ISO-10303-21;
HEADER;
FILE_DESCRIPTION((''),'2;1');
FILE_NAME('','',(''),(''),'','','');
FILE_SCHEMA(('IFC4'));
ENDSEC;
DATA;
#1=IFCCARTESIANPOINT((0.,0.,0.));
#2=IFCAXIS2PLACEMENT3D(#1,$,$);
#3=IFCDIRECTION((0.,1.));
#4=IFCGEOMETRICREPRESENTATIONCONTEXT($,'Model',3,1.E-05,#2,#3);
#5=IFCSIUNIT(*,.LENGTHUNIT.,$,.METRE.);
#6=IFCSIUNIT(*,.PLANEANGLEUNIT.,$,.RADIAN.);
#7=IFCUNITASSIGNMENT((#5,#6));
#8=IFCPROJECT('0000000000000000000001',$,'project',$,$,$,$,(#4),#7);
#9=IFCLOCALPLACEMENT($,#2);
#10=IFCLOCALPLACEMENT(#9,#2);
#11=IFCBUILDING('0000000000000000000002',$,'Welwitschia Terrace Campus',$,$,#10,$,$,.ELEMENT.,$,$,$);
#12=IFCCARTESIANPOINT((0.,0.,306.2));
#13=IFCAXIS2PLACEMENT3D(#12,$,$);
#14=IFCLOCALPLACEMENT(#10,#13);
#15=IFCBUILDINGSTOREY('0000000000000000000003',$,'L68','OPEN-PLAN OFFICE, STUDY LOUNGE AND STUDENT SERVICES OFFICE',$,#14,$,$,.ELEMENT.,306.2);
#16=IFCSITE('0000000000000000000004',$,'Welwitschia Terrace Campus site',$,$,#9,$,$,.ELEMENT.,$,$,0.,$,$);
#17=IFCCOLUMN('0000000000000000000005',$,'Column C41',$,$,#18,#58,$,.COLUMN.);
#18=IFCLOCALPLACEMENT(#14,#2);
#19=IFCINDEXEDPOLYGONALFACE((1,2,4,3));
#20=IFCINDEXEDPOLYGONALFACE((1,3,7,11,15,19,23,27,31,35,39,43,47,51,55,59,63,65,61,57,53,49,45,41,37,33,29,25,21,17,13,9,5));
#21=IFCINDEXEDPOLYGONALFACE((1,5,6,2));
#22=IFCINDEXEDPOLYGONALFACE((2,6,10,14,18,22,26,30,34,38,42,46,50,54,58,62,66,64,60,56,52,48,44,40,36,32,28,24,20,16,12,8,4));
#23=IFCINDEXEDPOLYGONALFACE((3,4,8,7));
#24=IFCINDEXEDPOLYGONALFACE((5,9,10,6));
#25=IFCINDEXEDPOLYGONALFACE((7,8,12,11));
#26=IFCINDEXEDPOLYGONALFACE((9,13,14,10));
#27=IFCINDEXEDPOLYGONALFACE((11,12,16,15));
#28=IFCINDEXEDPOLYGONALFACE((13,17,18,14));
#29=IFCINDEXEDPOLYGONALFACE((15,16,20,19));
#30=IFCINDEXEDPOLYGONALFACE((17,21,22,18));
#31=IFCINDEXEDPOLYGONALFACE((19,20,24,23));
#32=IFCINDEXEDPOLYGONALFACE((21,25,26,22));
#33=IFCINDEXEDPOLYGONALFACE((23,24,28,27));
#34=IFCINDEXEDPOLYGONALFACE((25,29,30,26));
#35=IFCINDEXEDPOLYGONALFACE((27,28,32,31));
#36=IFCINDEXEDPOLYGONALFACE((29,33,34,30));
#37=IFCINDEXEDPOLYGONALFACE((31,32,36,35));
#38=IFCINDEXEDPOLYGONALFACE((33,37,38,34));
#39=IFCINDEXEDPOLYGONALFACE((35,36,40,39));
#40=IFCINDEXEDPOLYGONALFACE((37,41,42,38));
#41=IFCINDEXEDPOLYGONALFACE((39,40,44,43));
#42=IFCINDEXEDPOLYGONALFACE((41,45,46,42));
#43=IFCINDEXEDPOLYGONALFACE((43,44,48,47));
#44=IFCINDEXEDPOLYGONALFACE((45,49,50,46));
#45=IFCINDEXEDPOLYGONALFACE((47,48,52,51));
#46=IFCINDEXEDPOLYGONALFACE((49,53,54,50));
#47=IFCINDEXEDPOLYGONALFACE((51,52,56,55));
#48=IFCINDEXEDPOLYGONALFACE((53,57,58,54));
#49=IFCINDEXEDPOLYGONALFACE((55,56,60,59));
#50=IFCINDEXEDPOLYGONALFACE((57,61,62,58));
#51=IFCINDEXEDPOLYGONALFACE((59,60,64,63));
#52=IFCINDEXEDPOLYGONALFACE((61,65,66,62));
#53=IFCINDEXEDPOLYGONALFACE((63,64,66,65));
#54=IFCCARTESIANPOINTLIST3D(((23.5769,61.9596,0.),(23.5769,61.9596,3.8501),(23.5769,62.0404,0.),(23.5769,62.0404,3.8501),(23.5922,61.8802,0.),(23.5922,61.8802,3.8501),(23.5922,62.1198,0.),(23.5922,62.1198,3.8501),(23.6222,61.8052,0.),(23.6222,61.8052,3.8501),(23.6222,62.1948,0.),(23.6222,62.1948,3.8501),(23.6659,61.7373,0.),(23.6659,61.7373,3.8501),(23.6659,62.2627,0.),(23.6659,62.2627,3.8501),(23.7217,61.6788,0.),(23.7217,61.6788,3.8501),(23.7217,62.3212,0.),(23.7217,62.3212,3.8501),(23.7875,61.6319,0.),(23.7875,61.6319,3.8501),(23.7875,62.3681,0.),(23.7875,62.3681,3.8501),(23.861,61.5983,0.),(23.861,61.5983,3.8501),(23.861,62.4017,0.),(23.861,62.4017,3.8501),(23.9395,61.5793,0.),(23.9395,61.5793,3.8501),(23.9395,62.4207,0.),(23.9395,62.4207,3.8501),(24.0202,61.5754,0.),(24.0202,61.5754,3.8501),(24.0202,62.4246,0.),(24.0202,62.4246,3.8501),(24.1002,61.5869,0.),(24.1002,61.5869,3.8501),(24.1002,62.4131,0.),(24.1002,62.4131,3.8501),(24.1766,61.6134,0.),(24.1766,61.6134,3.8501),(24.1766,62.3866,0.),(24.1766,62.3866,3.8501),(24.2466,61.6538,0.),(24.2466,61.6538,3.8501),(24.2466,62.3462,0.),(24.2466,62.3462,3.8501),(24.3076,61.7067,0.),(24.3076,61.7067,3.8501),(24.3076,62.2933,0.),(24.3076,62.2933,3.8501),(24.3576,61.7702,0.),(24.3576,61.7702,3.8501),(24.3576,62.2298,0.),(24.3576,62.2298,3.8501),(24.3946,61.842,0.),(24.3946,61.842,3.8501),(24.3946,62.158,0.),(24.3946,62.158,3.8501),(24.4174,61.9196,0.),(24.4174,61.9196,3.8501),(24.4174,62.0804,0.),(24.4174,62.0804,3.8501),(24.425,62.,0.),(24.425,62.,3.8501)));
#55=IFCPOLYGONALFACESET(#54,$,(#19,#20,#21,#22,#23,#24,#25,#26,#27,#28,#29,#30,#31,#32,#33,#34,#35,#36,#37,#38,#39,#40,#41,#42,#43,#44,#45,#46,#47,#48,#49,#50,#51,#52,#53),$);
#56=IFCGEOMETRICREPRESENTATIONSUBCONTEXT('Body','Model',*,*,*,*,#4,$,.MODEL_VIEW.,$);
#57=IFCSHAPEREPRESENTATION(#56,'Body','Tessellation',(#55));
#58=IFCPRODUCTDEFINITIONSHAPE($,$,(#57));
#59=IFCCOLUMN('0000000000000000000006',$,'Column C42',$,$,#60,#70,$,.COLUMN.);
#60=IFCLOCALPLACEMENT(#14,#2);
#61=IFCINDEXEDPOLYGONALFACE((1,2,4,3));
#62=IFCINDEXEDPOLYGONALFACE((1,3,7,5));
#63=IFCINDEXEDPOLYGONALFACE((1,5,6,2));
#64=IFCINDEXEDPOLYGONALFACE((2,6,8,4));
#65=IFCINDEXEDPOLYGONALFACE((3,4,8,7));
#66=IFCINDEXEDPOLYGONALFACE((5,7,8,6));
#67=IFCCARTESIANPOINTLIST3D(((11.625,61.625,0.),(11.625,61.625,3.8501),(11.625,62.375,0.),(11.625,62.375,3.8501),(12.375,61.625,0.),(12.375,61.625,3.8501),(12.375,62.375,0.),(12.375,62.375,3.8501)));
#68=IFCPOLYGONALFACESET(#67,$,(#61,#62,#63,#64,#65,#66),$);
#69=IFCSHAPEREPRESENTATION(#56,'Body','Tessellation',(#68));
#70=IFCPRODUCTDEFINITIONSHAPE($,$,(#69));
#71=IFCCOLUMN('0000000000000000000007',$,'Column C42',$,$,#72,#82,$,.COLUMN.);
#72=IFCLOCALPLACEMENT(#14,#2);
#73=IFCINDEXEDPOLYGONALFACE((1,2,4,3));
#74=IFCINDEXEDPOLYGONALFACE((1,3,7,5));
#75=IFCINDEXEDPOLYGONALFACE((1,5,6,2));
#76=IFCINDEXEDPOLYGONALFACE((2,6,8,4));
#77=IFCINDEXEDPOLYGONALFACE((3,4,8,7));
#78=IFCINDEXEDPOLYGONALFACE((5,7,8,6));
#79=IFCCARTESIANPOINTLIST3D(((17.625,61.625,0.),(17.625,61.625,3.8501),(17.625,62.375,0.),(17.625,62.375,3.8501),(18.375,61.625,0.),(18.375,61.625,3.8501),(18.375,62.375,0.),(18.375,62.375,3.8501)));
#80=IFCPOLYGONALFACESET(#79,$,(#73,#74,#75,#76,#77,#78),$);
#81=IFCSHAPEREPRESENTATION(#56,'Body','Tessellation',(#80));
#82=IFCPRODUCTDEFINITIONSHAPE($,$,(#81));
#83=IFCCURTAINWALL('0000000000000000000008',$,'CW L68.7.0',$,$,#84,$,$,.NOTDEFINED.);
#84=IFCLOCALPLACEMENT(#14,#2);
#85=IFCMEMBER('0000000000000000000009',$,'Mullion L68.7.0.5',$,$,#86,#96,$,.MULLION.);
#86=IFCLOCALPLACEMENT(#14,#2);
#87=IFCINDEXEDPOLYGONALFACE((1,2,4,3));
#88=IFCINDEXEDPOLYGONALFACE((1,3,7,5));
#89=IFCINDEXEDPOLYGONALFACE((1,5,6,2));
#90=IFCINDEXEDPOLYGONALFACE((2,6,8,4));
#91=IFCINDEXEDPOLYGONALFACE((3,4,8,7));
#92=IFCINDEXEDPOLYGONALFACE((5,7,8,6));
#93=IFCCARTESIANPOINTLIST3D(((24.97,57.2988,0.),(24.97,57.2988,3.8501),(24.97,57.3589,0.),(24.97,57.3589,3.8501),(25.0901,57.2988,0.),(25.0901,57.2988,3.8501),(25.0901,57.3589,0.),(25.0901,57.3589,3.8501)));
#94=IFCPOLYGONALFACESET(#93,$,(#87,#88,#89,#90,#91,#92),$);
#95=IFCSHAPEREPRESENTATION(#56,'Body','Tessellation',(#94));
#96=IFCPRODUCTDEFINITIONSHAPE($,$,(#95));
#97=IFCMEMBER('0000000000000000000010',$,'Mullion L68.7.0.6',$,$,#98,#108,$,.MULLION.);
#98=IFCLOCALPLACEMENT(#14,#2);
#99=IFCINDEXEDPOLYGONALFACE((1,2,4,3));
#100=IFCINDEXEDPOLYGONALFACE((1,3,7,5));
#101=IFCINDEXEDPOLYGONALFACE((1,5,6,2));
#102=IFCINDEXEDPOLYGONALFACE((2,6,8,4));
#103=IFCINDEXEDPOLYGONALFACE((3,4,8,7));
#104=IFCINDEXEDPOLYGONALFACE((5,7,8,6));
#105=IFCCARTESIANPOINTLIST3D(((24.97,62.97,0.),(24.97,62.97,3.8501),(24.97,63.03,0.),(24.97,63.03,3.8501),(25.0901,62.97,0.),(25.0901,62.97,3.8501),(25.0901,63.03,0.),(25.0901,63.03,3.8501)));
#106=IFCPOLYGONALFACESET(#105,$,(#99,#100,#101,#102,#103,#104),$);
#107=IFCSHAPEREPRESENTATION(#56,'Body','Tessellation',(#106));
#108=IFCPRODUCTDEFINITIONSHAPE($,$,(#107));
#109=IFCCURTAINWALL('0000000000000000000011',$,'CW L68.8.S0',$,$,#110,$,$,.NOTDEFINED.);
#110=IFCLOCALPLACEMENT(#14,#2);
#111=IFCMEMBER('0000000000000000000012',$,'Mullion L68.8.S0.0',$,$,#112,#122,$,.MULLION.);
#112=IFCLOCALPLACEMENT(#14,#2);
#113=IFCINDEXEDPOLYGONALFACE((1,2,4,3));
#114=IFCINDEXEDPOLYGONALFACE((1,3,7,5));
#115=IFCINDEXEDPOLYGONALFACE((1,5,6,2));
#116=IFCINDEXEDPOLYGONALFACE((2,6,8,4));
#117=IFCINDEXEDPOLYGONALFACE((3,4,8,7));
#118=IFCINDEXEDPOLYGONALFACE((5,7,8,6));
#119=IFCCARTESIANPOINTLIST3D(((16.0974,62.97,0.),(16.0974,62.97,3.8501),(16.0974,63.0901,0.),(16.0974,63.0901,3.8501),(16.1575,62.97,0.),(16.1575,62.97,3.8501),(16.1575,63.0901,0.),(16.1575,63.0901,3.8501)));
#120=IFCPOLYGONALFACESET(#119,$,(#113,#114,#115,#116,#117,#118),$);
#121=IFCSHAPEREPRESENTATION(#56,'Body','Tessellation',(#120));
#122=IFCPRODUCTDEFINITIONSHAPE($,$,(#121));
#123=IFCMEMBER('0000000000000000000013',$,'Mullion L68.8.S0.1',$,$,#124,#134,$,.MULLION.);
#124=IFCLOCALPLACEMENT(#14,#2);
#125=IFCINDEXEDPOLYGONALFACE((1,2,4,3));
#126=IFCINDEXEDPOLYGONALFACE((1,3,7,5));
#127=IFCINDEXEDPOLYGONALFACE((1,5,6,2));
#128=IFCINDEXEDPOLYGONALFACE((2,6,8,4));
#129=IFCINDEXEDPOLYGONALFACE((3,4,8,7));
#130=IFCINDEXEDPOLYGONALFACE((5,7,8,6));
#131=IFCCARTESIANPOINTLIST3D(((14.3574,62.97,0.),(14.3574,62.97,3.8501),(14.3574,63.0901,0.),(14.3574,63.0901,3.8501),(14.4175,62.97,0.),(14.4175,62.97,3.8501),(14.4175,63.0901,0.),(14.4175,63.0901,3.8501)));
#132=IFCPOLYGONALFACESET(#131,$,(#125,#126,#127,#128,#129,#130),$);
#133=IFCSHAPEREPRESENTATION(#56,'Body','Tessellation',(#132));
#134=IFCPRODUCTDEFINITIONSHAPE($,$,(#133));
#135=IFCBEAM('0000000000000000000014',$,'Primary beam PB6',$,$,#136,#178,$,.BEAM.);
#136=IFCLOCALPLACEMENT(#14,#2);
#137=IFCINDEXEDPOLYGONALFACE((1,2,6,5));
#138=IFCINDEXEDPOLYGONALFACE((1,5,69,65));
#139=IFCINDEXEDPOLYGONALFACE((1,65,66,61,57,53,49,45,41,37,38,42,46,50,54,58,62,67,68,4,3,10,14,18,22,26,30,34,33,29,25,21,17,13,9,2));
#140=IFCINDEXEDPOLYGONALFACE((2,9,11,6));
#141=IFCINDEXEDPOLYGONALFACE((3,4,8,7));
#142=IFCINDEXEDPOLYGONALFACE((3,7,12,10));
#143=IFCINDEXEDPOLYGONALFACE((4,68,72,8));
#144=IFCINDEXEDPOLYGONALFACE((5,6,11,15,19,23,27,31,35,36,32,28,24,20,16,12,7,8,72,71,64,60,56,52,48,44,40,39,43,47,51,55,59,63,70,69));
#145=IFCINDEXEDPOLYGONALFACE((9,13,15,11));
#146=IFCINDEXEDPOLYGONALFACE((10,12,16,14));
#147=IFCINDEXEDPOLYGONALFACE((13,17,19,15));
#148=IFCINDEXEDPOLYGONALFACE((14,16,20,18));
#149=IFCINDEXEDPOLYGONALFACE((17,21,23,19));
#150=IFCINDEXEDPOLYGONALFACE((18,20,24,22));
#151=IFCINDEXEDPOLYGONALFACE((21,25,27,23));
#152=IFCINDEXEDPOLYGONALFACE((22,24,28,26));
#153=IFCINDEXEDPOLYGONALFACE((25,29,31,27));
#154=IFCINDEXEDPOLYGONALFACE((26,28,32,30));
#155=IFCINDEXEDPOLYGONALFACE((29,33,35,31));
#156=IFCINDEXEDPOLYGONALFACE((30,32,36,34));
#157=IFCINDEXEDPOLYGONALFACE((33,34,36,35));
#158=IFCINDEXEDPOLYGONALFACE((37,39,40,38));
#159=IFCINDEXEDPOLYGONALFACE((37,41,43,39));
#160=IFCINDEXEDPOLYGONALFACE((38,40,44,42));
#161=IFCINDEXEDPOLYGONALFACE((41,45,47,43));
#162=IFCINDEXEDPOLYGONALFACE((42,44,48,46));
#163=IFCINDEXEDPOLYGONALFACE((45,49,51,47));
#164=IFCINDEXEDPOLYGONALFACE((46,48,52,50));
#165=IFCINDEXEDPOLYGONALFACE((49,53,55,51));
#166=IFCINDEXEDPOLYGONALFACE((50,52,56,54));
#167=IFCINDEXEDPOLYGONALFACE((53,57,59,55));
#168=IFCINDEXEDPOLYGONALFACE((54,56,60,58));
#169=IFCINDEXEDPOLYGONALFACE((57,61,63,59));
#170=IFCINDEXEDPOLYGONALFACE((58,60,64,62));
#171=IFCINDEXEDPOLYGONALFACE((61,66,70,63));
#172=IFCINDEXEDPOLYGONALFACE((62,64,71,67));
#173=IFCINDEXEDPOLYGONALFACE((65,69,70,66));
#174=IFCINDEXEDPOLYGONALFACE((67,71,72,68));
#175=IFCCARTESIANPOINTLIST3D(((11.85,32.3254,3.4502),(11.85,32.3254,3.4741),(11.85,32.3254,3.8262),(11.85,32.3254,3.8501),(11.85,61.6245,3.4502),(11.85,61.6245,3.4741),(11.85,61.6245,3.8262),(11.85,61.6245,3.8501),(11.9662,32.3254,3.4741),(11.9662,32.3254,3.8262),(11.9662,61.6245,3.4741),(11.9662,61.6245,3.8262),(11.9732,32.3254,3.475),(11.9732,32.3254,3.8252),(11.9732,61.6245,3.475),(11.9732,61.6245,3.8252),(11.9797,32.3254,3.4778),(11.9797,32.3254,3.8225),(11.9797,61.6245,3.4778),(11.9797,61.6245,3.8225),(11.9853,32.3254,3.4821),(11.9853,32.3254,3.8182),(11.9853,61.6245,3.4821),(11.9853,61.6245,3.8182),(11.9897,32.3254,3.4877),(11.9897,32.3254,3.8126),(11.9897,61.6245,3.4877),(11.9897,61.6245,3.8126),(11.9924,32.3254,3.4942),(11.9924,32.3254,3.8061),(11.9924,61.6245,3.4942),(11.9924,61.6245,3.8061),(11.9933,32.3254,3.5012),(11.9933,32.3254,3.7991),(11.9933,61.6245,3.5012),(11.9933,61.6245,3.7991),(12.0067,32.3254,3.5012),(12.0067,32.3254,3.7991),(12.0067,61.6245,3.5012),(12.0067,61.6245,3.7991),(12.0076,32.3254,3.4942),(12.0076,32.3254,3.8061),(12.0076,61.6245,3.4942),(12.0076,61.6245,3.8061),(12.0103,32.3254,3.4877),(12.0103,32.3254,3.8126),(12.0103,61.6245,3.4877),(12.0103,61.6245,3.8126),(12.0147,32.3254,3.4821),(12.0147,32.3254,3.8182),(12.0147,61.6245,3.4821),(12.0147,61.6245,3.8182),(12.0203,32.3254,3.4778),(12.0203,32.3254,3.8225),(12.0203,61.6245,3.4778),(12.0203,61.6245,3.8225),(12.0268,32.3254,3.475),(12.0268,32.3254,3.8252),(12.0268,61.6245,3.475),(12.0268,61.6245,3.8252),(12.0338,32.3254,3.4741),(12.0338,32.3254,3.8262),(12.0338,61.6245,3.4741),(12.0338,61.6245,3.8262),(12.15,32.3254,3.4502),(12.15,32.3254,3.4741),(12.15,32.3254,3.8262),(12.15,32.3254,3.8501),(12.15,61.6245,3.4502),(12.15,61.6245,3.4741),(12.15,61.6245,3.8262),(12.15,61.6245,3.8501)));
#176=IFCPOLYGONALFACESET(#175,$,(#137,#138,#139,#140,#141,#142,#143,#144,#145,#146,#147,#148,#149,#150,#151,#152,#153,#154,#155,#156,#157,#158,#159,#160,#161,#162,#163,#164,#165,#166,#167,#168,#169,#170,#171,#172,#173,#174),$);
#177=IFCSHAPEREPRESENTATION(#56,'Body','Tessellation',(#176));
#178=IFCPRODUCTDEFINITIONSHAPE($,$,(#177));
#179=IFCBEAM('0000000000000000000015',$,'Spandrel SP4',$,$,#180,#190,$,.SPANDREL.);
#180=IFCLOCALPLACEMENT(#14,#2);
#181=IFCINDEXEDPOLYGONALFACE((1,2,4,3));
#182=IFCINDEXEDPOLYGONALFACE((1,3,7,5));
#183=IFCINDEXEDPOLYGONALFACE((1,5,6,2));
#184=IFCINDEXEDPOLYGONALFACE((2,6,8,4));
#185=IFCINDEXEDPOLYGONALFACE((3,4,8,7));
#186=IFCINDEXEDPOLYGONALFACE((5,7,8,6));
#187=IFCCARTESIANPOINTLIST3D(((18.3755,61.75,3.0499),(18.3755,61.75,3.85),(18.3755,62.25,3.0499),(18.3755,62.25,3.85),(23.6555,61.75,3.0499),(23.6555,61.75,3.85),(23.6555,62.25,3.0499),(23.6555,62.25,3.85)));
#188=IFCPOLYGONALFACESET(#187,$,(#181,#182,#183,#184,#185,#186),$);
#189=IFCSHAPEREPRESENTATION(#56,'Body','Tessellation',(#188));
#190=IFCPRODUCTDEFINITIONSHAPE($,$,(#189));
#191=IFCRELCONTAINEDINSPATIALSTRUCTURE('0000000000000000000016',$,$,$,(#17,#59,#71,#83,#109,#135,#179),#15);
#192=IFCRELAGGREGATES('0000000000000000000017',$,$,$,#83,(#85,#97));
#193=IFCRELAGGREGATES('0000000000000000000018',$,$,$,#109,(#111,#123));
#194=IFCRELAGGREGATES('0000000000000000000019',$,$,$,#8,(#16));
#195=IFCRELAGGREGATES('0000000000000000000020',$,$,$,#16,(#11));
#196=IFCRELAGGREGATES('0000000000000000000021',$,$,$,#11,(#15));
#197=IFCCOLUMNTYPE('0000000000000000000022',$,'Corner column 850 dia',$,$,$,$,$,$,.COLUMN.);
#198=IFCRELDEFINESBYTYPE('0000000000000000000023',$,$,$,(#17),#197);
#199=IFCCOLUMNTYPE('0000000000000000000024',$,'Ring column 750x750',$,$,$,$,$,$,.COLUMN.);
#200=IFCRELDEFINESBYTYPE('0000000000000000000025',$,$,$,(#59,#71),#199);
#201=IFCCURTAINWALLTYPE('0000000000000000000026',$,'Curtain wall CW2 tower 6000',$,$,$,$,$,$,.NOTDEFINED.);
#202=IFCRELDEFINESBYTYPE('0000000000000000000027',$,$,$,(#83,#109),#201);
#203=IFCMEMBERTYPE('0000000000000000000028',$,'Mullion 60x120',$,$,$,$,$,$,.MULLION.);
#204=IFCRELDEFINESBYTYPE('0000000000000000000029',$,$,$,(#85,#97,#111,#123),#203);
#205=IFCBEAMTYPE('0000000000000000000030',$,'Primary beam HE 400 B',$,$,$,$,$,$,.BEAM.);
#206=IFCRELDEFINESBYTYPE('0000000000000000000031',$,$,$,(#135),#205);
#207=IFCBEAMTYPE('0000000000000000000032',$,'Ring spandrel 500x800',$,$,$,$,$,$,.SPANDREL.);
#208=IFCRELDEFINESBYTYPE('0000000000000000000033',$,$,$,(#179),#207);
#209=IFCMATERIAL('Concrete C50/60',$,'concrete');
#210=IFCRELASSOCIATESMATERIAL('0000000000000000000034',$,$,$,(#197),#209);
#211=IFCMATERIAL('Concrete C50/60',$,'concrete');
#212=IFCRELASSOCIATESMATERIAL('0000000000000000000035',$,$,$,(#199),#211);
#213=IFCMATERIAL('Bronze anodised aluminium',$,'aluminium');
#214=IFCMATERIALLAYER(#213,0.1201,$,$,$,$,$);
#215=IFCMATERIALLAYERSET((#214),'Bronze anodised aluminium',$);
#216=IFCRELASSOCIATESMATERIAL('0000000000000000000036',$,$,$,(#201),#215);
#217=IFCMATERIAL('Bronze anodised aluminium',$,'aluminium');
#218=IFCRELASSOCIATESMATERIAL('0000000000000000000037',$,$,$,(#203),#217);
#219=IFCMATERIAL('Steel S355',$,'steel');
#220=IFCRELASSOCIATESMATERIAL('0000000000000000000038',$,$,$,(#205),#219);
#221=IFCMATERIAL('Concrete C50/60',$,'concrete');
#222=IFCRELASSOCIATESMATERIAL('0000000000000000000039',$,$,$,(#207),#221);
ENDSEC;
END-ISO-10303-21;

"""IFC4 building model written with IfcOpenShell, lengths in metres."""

from ifc_helpers import new_model, si_unit, direction, frame, origin, origin_2d, place, context, subcontext, project, spatial, rectangle, circle, i_section, extrude, material, layer, layer_set, material_profile, profile_set, type_object, element, aggregate, save


model = new_model("IFC4")

# Units and contexts
model_context = context("Model", 3, precision=1e-05, world=origin(), true_north=direction((0.0, 1.0)))
body_context = subcontext(model_context, "Body", "Model", "MODEL_VIEW")
ifc_project = project(units=[si_unit("LENGTHUNIT", "METRE"), si_unit("PLANEANGLEUNIT", "RADIAN")], contexts=[model_context])

# Site, building, storey
site_placement = place(None, origin())
site = spatial("IfcSite", under=ifc_project, at=site_placement, Name="Welwitschia Terrace Campus site", CompositionType="ELEMENT", RefElevation=0.0)
building_placement = place(site_placement, origin())
building = spatial("IfcBuilding", under=site, at=building_placement, Name="Welwitschia Terrace Campus", CompositionType="ELEMENT")
storey_placement = place(building_placement, frame((0.0, 0.0, 306.2)))
storey = spatial("IfcBuildingStorey", under=building, at=storey_placement, Name="L68", Description="OPEN-PLAN OFFICE, STUDY LOUNGE AND STUDENT SERVICES OFFICE", CompositionType="ELEMENT", Elevation=306.2)

# Columns
ifc_material_1 = material(Name="Concrete C50/60", Category="concrete")
ifc_material_profile_1 = material_profile(ifc_material_1, circle(Radius=0.425, at=origin_2d()))
ifc_profile_set_1 = profile_set([ifc_material_profile_1], Name="Concrete C50/60")
column_type_1 = type_object("IfcColumnType", Name="Corner column 850 dia", PredefinedType="COLUMN", material=ifc_profile_set_1)
column_placement = place(storey_placement, frame((24.0, 62.0, 0.0), z_axis=(0.0, 0.0, 1.0), x_axis=(1.0, 0.0, 0.0)))
element("IfcColumn", 1, at=column_placement, inside=storey, type_object=column_type_1, Name="Column C41", PredefinedType="COLUMN", context=body_context, shape_type="SweptSolid", body=[
    extrude(circle(Radius=0.425, at=origin_2d()), origin(), (0.0, 0.0, 1.0), 3.8501),
])
ifc_material_2 = material(Name="Concrete C50/60", Category="concrete")
ifc_material_profile_2 = material_profile(ifc_material_2, rectangle(XDim=0.75, YDim=0.75, at=origin_2d()))
ifc_profile_set_2 = profile_set([ifc_material_profile_2], Name="Concrete C50/60")
column_type_2 = type_object("IfcColumnType", Name="Ring column 750x750", PredefinedType="COLUMN", material=ifc_profile_set_2)
for number, where, z_axis, x_axis, name in (
    (2, (12.0, 62.0, 0.0), (0.0, 0.0, 1.0), (1.0, 0.0, 0.0), "Column C42"),
    (3, (18.0, 62.0, 0.0), (0.0, 0.0, 1.0), (1.0, 0.0, 0.0), "Column C42"),
):
    element("IfcColumn", number, at=place(storey_placement, frame(where, z_axis=z_axis, x_axis=x_axis)), inside=storey, type_object=column_type_2, Name=name, PredefinedType="COLUMN", context=body_context, shape_type="SweptSolid", body=[
        extrude(rectangle(XDim=0.75, YDim=0.75, at=origin_2d()), origin(), (0.0, 0.0, 1.0), 3.8501),
    ])

# Curtain walls, members
ifc_material_3 = material(Name="Bronze anodised aluminium", Category="aluminium")
ifc_layer_1 = layer(ifc_material_3, 0.1201)
ifc_layer_set_1 = layer_set([ifc_layer_1], Name="Bronze anodised aluminium")
curtain_wall_type = type_object("IfcCurtainWallType", Name="Curtain wall CW2 tower 6000", PredefinedType="NOTDEFINED", material=ifc_layer_set_1)
curtain_wall_1_placement = place(storey_placement, origin())
curtain_wall_1 = element("IfcCurtainWall", 4, at=curtain_wall_1_placement, inside=storey, type_object=curtain_wall_type, Name="CW L68.7.0", PredefinedType="NOTDEFINED")
ifc_material_4 = material(Name="Bronze anodised aluminium", Category="aluminium")
ifc_material_profile_3 = material_profile(ifc_material_4, rectangle(XDim=0.1201, YDim=0.0601, at=origin_2d()))
ifc_profile_set_3 = profile_set([ifc_material_profile_3], Name="Bronze anodised aluminium")
member_type_1 = type_object("IfcMemberType", Name="Mullion 60x120", PredefinedType="MULLION", material=ifc_profile_set_3)
member_1_placement = place(storey_placement, frame((25.03, 57.3289, 0.0), z_axis=(0.0, 0.0, 1.0), x_axis=(-1.0, 0.0, 0.0)))
member_1 = element("IfcMember", 5, at=member_1_placement, type_object=member_type_1, Name="Mullion L68.7.0.5", PredefinedType="MULLION", context=body_context, shape_type="SweptSolid", body=[
    extrude(rectangle(XDim=0.1201, YDim=0.0601, at=origin_2d()), origin(), (0.0, 0.0, 1.0), 3.8501),
])
member_2_placement = place(storey_placement, frame((25.03, 63.0, 0.0), z_axis=(0.0, 0.0, 1.0), x_axis=(-1.0, 0.0, 0.0)))
member_2 = element("IfcMember", 6, at=member_2_placement, type_object=member_type_1, Name="Mullion L68.7.0.6", PredefinedType="MULLION", context=body_context, shape_type="SweptSolid", body=[
    extrude(rectangle(XDim=0.1201, YDim=0.0601, at=origin_2d()), origin(), (0.0, 0.0, 1.0), 3.8501),
])
curtain_wall_2_placement = place(storey_placement, origin())
curtain_wall_2 = element("IfcCurtainWall", 7, at=curtain_wall_2_placement, inside=storey, type_object=curtain_wall_type, Name="CW L68.8.S0", PredefinedType="NOTDEFINED")
member_3_placement = place(storey_placement, frame((16.1274, 63.03, 0.0), z_axis=(0.0, 0.0, 1.0), x_axis=(0.0, -1.0, 0.0)))
member_3 = element("IfcMember", 8, at=member_3_placement, type_object=member_type_1, Name="Mullion L68.8.S0.0", PredefinedType="MULLION", context=body_context, shape_type="SweptSolid", body=[
    extrude(rectangle(XDim=0.1201, YDim=0.0601, at=origin_2d()), origin(), (0.0, 0.0, 1.0), 3.8501),
])
member_4_placement = place(storey_placement, frame((14.3875, 63.03, 0.0), z_axis=(0.0, 0.0, 1.0), x_axis=(0.0, -1.0, 0.0)))
member_4 = element("IfcMember", 9, at=member_4_placement, type_object=member_type_1, Name="Mullion L68.8.S0.1", PredefinedType="MULLION", context=body_context, shape_type="SweptSolid", body=[
    extrude(rectangle(XDim=0.1201, YDim=0.0601, at=origin_2d()), origin(), (0.0, 0.0, 1.0), 3.8501),
])

# Beams
ifc_material_5 = material(Name="Steel S355", Category="steel")
ifc_material_profile_4 = material_profile(ifc_material_5, i_section(OverallWidth=0.3, OverallDepth=0.3999, WebThickness=0.0134, FlangeThickness=0.0239, FilletRadius=0.0271, at=origin_2d()))
ifc_profile_set_4 = profile_set([ifc_material_profile_4], Name="Steel S355")
beam_type_1 = type_object("IfcBeamType", Name="Primary beam HE 400 B", PredefinedType="BEAM", material=ifc_profile_set_4)
beam_1_placement = place(storey_placement, frame((12.0, 61.6245, 3.6501), z_axis=(0.0, -1.0, 0.0), x_axis=(1.0, 0.0, 0.0)))
element("IfcBeam", 10, at=beam_1_placement, inside=storey, type_object=beam_type_1, Name="Primary beam PB6", PredefinedType="BEAM", context=body_context, shape_type="SweptSolid", body=[
    extrude(i_section(OverallWidth=0.3, OverallDepth=0.3999, WebThickness=0.0134, FlangeThickness=0.0239, FilletRadius=0.0271, at=origin_2d()), origin(), (0.0, 0.0, 1.0), 29.2991),
])
ifc_material_6 = material(Name="Concrete C50/60", Category="concrete")
ifc_material_profile_5 = material_profile(ifc_material_6, rectangle(XDim=0.5, YDim=0.8, at=origin_2d()))
ifc_profile_set_5 = profile_set([ifc_material_profile_5], Name="Concrete C50/60")
beam_type_2 = type_object("IfcBeamType", Name="Ring spandrel 500x800", PredefinedType="SPANDREL", material=ifc_profile_set_5)
beam_2_placement = place(storey_placement, frame((23.6555, 62.0, 3.45), z_axis=(-1.0, 0.0, 0.0), x_axis=(0.0, -1.0, 0.0)))
element("IfcBeam", 11, at=beam_2_placement, inside=storey, type_object=beam_type_2, Name="Spandrel SP4", PredefinedType="SPANDREL", context=body_context, shape_type="SweptSolid", body=[
    extrude(rectangle(XDim=0.5, YDim=0.8, at=origin_2d()), origin(), (0.0, 0.0, 1.0), 5.28),
])

aggregate(curtain_wall_1, [member_1, member_2])
aggregate(curtain_wall_2, [member_3, member_4])

save(model, "model.ifc")
